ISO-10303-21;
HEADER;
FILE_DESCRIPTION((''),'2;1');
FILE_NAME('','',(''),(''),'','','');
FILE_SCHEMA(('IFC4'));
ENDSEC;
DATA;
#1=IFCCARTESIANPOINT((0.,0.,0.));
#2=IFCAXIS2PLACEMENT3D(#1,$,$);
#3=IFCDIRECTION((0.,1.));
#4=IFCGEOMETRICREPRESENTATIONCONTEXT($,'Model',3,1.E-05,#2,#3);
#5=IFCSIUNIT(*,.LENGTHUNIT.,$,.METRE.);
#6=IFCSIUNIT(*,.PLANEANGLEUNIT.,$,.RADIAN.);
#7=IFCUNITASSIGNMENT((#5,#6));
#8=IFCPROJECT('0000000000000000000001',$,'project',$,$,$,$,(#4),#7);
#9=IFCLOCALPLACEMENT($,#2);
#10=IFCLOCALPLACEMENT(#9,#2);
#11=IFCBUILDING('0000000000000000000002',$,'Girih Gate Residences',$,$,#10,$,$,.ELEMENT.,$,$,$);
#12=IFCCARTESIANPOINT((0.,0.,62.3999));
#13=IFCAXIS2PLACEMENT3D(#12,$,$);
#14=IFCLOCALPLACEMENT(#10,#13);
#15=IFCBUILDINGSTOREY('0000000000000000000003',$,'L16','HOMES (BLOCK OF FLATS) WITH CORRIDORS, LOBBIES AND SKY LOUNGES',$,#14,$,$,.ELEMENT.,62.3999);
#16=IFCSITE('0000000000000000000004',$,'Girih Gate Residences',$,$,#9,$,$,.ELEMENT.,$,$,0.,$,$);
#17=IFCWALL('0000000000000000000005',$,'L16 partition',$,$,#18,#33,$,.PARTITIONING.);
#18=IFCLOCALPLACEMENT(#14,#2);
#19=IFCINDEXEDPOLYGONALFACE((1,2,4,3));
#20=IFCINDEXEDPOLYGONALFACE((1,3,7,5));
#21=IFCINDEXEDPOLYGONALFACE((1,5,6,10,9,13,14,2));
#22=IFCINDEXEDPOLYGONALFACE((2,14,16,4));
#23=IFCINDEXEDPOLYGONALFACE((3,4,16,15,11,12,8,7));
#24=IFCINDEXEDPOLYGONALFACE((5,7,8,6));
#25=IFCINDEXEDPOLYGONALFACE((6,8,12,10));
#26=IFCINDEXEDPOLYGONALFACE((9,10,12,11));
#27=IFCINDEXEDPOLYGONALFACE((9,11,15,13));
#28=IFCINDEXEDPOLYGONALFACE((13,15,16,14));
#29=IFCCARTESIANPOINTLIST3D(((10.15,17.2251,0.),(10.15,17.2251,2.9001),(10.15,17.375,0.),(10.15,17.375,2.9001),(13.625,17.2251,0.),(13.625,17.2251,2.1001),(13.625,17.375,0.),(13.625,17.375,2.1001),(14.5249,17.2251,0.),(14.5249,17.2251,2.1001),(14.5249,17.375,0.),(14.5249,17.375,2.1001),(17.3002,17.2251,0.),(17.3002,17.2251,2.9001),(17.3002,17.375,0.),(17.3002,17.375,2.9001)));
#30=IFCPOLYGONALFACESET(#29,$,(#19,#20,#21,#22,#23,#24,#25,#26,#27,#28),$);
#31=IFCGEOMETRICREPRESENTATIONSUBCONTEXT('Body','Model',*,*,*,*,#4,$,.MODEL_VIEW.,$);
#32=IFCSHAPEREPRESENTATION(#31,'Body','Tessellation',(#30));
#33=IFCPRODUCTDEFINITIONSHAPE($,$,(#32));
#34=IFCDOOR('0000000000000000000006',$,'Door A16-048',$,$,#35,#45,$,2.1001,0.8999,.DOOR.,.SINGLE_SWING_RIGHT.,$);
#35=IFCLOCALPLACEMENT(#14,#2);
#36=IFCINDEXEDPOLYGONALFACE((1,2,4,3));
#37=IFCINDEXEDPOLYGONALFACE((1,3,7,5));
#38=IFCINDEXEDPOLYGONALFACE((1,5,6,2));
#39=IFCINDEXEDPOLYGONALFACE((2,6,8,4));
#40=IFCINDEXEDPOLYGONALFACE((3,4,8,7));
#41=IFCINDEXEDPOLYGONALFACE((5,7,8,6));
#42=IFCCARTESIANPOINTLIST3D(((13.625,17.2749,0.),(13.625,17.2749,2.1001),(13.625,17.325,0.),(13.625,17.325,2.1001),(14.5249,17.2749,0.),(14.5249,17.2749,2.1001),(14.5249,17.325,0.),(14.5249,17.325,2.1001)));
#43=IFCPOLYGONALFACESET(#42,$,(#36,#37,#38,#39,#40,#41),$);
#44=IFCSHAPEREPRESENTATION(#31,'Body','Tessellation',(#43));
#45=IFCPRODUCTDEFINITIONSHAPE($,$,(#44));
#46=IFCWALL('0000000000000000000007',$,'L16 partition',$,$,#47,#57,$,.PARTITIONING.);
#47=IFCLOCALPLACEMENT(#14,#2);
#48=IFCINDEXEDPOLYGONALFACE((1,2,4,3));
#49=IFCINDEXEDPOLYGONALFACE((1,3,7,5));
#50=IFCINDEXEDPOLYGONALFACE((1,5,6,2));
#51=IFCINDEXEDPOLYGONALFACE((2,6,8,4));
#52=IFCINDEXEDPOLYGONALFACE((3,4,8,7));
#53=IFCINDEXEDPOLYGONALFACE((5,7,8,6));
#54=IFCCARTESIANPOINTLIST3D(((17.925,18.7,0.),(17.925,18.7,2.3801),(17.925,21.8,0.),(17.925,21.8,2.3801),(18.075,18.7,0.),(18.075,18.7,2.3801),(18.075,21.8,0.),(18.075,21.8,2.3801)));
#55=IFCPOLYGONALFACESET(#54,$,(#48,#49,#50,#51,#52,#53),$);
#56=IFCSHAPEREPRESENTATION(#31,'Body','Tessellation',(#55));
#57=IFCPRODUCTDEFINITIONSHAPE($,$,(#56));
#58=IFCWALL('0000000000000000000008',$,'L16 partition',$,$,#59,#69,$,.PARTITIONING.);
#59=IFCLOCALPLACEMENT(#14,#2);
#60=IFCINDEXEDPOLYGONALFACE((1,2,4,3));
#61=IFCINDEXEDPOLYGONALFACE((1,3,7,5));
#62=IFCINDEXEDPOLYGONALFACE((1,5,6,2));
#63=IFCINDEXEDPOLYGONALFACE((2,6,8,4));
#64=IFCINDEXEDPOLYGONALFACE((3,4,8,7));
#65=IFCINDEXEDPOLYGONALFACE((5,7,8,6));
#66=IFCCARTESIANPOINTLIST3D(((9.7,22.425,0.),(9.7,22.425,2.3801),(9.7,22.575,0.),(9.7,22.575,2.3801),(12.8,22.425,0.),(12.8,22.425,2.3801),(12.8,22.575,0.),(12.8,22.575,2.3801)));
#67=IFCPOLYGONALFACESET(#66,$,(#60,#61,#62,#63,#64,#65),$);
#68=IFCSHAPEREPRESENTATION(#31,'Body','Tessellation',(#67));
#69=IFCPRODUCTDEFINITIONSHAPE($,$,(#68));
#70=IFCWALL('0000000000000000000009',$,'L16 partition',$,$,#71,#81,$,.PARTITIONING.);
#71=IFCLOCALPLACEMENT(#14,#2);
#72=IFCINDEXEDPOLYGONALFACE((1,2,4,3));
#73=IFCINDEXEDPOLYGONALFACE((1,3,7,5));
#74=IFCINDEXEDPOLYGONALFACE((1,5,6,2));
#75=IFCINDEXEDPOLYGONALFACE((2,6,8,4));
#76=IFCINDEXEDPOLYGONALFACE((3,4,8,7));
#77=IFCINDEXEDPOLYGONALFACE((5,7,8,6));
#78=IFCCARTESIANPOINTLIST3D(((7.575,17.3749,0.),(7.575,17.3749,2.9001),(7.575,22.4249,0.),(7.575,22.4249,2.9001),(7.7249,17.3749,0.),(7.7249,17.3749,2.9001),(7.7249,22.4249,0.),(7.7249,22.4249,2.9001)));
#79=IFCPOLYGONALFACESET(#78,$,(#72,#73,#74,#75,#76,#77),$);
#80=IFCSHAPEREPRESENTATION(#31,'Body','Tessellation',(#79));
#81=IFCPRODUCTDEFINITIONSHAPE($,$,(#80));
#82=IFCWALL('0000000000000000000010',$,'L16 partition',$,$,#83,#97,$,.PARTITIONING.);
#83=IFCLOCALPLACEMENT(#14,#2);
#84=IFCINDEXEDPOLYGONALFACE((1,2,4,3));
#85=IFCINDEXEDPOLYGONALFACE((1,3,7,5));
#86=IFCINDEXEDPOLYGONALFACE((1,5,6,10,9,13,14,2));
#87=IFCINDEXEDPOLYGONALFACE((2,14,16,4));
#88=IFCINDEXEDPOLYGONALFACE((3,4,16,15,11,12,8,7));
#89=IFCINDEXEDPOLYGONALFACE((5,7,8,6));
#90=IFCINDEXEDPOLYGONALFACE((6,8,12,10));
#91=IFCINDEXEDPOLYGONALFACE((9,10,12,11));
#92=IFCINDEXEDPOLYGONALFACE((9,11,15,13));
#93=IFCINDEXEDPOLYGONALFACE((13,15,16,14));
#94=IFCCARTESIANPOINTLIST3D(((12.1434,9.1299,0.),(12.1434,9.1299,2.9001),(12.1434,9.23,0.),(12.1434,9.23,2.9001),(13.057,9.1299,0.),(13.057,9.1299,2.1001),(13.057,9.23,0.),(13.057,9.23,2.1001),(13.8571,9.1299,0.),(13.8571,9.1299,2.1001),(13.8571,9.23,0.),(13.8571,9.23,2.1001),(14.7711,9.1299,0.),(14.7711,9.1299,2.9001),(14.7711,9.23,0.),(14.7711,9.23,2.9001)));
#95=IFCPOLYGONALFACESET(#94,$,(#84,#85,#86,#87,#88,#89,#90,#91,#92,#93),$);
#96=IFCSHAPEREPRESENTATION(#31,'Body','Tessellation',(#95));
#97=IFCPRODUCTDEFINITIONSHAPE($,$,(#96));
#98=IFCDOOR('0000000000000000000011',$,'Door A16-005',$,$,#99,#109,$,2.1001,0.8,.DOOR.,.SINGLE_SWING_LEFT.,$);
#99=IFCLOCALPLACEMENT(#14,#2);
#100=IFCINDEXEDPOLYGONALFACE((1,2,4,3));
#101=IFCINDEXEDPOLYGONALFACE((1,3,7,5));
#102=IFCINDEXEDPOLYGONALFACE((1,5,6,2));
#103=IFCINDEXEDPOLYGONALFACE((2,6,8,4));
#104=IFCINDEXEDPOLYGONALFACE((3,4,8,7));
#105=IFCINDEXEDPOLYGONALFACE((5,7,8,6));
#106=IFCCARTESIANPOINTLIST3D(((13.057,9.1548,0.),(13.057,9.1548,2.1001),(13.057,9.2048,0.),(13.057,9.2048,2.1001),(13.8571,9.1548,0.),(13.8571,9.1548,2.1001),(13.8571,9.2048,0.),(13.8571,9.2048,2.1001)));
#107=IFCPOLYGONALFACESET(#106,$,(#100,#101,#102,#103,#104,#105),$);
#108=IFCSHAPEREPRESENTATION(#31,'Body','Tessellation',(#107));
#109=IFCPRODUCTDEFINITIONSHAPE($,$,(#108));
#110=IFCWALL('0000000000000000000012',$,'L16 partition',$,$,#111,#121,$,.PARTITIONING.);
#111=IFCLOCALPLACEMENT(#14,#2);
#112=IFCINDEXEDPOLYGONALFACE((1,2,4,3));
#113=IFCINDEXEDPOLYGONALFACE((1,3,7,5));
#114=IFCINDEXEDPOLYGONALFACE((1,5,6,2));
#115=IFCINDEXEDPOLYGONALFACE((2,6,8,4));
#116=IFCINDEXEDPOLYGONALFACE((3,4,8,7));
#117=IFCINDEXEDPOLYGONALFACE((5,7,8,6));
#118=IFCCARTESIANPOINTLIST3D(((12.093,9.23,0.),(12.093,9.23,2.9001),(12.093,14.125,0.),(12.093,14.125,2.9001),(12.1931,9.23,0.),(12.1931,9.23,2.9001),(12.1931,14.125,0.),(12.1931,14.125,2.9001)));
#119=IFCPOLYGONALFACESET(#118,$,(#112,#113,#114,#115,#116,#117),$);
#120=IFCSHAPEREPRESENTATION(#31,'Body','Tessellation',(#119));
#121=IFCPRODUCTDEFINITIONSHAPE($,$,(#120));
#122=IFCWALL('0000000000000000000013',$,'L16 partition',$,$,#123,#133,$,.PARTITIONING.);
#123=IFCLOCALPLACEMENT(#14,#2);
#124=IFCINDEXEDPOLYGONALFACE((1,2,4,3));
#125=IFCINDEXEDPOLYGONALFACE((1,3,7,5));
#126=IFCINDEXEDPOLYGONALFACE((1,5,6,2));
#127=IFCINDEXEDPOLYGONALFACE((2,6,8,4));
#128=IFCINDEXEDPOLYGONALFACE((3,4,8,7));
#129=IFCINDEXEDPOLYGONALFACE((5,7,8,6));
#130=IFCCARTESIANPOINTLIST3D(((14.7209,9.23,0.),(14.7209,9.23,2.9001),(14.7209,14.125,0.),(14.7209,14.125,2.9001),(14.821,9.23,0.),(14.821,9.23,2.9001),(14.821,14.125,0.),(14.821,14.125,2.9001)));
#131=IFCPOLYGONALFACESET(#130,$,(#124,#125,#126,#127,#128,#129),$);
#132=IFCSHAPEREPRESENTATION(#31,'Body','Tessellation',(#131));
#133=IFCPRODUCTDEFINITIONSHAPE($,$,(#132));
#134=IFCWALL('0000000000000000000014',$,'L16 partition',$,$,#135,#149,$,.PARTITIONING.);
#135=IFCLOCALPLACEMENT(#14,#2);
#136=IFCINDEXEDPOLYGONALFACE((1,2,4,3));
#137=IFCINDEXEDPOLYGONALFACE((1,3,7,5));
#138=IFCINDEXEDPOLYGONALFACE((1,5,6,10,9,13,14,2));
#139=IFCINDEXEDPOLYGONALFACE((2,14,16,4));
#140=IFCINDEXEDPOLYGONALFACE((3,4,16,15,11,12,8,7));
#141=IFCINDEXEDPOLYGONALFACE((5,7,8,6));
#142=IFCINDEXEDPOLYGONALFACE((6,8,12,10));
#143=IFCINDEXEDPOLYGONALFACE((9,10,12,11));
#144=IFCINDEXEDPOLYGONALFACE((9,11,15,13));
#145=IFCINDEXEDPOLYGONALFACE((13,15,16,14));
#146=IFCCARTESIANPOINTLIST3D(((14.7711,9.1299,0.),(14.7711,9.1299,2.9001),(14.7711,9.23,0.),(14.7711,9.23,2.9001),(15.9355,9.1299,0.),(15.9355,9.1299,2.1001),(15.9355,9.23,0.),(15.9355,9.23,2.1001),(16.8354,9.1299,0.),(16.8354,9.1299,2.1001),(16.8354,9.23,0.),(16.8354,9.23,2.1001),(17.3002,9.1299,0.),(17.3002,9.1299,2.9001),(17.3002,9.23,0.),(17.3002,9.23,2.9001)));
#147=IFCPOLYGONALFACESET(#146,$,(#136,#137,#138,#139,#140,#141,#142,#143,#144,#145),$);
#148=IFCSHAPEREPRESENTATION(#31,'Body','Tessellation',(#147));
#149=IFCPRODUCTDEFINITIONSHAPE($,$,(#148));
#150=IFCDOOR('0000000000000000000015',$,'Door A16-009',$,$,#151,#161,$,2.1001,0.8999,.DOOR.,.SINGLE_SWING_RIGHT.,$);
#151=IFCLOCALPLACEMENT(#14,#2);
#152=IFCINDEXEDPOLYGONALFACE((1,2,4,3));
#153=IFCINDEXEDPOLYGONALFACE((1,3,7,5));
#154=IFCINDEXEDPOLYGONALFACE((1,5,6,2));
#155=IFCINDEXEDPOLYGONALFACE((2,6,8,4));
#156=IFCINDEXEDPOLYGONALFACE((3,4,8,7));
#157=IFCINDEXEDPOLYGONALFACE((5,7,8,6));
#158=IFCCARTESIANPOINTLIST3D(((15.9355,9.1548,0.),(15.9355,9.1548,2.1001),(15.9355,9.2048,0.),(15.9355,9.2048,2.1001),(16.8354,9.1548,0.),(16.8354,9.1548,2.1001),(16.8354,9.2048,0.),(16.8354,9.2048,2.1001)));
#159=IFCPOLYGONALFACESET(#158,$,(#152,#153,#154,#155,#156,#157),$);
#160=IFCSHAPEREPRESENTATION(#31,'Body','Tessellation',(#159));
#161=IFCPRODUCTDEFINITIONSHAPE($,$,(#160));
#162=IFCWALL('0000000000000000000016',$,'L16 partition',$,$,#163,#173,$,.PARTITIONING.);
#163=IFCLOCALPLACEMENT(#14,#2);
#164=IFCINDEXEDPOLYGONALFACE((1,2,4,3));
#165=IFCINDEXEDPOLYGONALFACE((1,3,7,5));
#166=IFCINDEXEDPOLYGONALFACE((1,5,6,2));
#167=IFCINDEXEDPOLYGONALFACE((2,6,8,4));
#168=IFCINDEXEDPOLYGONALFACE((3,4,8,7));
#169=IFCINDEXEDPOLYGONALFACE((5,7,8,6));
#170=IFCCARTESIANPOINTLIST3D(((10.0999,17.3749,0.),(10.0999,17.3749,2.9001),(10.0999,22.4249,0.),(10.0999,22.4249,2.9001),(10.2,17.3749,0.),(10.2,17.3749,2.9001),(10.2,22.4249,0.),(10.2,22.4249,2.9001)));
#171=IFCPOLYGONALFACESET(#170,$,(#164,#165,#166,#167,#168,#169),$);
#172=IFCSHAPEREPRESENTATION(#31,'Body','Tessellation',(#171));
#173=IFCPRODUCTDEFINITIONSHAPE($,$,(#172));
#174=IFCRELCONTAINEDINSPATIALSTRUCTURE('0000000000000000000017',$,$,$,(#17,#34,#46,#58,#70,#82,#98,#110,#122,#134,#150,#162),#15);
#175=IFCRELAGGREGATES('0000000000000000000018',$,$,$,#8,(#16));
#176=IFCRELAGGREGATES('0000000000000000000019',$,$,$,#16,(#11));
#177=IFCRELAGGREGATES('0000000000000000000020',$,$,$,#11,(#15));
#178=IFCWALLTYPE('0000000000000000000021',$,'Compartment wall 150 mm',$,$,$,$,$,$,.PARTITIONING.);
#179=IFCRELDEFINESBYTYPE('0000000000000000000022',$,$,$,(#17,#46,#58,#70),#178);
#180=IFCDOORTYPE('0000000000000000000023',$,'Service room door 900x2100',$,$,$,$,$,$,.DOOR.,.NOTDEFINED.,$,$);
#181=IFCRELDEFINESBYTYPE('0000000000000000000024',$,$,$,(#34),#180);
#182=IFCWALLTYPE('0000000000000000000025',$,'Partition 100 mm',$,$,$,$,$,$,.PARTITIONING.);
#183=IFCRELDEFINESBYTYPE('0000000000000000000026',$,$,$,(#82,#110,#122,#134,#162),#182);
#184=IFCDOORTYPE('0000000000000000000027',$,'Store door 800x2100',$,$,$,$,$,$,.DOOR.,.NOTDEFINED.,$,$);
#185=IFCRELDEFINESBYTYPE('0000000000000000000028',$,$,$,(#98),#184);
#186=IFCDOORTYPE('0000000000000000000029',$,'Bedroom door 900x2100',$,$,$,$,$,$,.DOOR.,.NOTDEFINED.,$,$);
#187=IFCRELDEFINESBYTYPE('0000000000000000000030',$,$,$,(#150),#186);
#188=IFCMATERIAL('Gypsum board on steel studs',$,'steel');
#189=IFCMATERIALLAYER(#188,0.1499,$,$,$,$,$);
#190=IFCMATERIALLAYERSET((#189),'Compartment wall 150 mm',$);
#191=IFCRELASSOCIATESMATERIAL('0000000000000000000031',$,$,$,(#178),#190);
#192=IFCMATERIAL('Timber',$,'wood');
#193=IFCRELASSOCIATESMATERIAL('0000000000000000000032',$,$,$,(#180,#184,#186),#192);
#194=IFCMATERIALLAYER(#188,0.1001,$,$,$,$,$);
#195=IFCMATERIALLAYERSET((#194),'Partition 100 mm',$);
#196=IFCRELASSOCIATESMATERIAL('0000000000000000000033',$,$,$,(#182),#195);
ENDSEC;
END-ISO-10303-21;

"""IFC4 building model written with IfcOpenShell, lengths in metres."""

from ifc_helpers import new_model, si_unit, direction, frame, frame_2d, origin, place, context, subcontext, project, spatial, rectangle, extrude, material, layer, layer_set, type_object, element, fill, save


model = new_model("IFC4")

# Units and contexts
model_context = context("Model", 3, precision=1e-05, world=origin(), true_north=direction((0.0, 1.0)))
body_context = subcontext(model_context, "Body", "Model", "MODEL_VIEW")
ifc_project = project(units=[si_unit("LENGTHUNIT", "METRE"), si_unit("PLANEANGLEUNIT", "RADIAN")], contexts=[model_context])

# Site, building, storey
site_placement = place(None, origin())
site = spatial("IfcSite", under=ifc_project, at=site_placement, Name="Girih Gate Residences", CompositionType="ELEMENT", RefElevation=0.0)
building_placement = place(site_placement, origin())
building = spatial("IfcBuilding", under=site, at=building_placement, Name="Girih Gate Residences", CompositionType="ELEMENT")
storey_placement = place(building_placement, frame((0.0, 0.0, 62.3999)))
storey = spatial("IfcBuildingStorey", under=building, at=storey_placement, Name="L16", Description="HOMES (BLOCK OF FLATS) WITH CORRIDORS, LOBBIES AND SKY LOUNGES", CompositionType="ELEMENT", Elevation=62.3999)

# Shared definitions
ifc_material_1 = material(Name="Gypsum board on steel studs", Category="steel")
ifc_layer_1 = layer(ifc_material_1, 0.1499)
ifc_layer_set_1 = layer_set([ifc_layer_1], Name="Compartment wall 150 mm")
wall_type_1 = type_object("IfcWallType", Name="Compartment wall 150 mm", PredefinedType="PARTITIONING", material=ifc_layer_set_1)

# Wall, opening, door
wall_1_placement = place(storey_placement, frame((10.1499, 17.3, 0.0), z_axis=(0.0, 0.0, 1.0), x_axis=(1.0, 0.0, 0.0)))
wall_1 = element("IfcWall", 1, at=wall_1_placement, inside=storey, type_object=wall_type_1, Name="L16 partition", PredefinedType="PARTITIONING", context=body_context, shape_type="SweptSolid", body=[
    extrude(rectangle(XDim=7.1501, YDim=0.1499, at=frame_2d((3.5752, 0.0))), origin(), (0.0, 0.0, 1.0), 2.9001),
])
opening_1_placement = place(wall_1_placement, frame((3.4751, 0.0, 0.0)))
opening_1 = element("IfcOpeningElement", 2, at=opening_1_placement, cuts=wall_1, PredefinedType="OPENING", context=body_context, shape_type="SweptSolid", body=[
    extrude(rectangle(XDim=0.8999, YDim=2.1001, at=frame_2d((0.45, 1.05))), frame((0.0, 0.085, 0.0), z_axis=(0.0, -1.0, 0.0), x_axis=(1.0, 0.0, 0.0)), (0.0, 0.0, 1.0), 0.1699),
])
ifc_material_2 = material(Name="Timber", Category="wood")
door_type_1 = type_object("IfcDoorType", Name="Service room door 900x2100", OperationType="NOTDEFINED", PredefinedType="DOOR", material=ifc_material_2)
door_1_placement = place(opening_1_placement, origin())
door_1 = element("IfcDoor", 3, at=door_1_placement, inside=storey, type_object=door_type_1, Name="Door A16-048", OperationType="SINGLE_SWING_RIGHT", OverallHeight=2.1001, OverallWidth=0.8999, PredefinedType="DOOR", context=body_context, shape_type="SweptSolid", body=[
    extrude(rectangle(XDim=0.8999, YDim=2.1001, at=frame_2d((0.45, 1.05))), frame((0.0, 0.0249, 0.0), z_axis=(0.0, -1.0, 0.0), x_axis=(1.0, 0.0, 0.0)), (0.0, 0.0, 1.0), 0.05),
])
fill(opening_1, door_1)

# Walls
for number, where, z_axis, x_axis, name in (
    (4, (18.0, 18.7, 0.0), (0.0, 0.0, 1.0), (0.0, 1.0, 0.0), "L16 partition"),
    (5, (9.7, 22.5, 0.0), (0.0, 0.0, 1.0), (1.0, 0.0, 0.0), "L16 partition"),
):
    element("IfcWall", number, at=place(storey_placement, frame(where, z_axis=z_axis, x_axis=x_axis)), inside=storey, type_object=wall_type_1, Name=name, PredefinedType="PARTITIONING", context=body_context, shape_type="SweptSolid", body=[
        extrude(rectangle(XDim=3.1001, YDim=0.1499, at=frame_2d((1.55, 0.0))), origin(), (0.0, 0.0, 1.0), 2.3801),
    ])
wall_2_placement = place(storey_placement, frame((7.6499, 17.375, 0.0), z_axis=(0.0, 0.0, 1.0), x_axis=(0.0, 1.0, 0.0)))
element("IfcWall", 6, at=wall_2_placement, inside=storey, type_object=wall_type_1, Name="L16 partition", PredefinedType="PARTITIONING", context=body_context, shape_type="SweptSolid", body=[
    extrude(rectangle(XDim=5.05, YDim=0.1499, at=frame_2d((2.5249, 0.0))), origin(), (0.0, 0.0, 1.0), 2.9001),
])

# Wall, opening, door
ifc_layer_2 = layer(ifc_material_1, 0.1001)
ifc_layer_set_2 = layer_set([ifc_layer_2], Name="Partition 100 mm")
wall_type_2 = type_object("IfcWallType", Name="Partition 100 mm", PredefinedType="PARTITIONING", material=ifc_layer_set_2)
wall_3_placement = place(storey_placement, frame((12.1433, 9.1799, 0.0), z_axis=(0.0, 0.0, 1.0), x_axis=(1.0, 0.0, 0.0)))
wall_3 = element("IfcWall", 7, at=wall_3_placement, inside=storey, type_object=wall_type_2, Name="L16 partition", PredefinedType="PARTITIONING", context=body_context, shape_type="SweptSolid", body=[
    extrude(rectangle(XDim=2.6277, YDim=0.1001, at=frame_2d((1.314, 0.0))), origin(), (0.0, 0.0, 1.0), 2.9001),
])
opening_2_placement = place(wall_3_placement, frame((0.9138, 0.0, 0.0)))
opening_2 = element("IfcOpeningElement", 8, at=opening_2_placement, cuts=wall_3, PredefinedType="OPENING", context=body_context, shape_type="SweptSolid", body=[
    extrude(rectangle(XDim=0.8, YDim=2.1001, at=frame_2d((0.3999, 1.05))), frame((0.0, 0.0601, 0.0), z_axis=(0.0, -1.0, 0.0), x_axis=(1.0, 0.0, 0.0)), (0.0, 0.0, 1.0), 0.1201),
])
door_type_2 = type_object("IfcDoorType", Name="Store door 800x2100", OperationType="NOTDEFINED", PredefinedType="DOOR", material=ifc_material_2)
door_2_placement = place(opening_2_placement, origin())
door_2 = element("IfcDoor", 9, at=door_2_placement, inside=storey, type_object=door_type_2, Name="Door A16-005", OperationType="SINGLE_SWING_LEFT", OverallHeight=2.1001, OverallWidth=0.8, PredefinedType="DOOR", context=body_context, shape_type="SweptSolid", body=[
    extrude(rectangle(XDim=0.8, YDim=2.1001, at=frame_2d((0.3999, 1.05))), frame((0.0, 0.0249, 0.0), z_axis=(0.0, -1.0, 0.0), x_axis=(1.0, 0.0, 0.0)), (0.0, 0.0, 1.0), 0.05),
])
fill(opening_2, door_2)

# Walls
for number, where, z_axis, x_axis, name in (
    (10, (12.1431, 9.23, 0.0), (0.0, 0.0, 1.0), (0.0, 1.0, 0.0), "L16 partition"),
    (11, (14.771, 9.23, 0.0), (0.0, 0.0, 1.0), (0.0, 1.0, 0.0), "L16 partition"),
):
    element("IfcWall", number, at=place(storey_placement, frame(where, z_axis=z_axis, x_axis=x_axis)), inside=storey, type_object=wall_type_2, Name=name, PredefinedType="PARTITIONING", context=body_context, shape_type="SweptSolid", body=[
        extrude(rectangle(XDim=4.895, YDim=0.1001, at=frame_2d((2.4475, 0.0))), origin(), (0.0, 0.0, 1.0), 2.9001),
    ])

# Wall, opening, door
wall_4_placement = place(storey_placement, frame((14.771, 9.1799, 0.0), z_axis=(0.0, 0.0, 1.0), x_axis=(1.0, 0.0, 0.0)))
wall_4 = element("IfcWall", 12, at=wall_4_placement, inside=storey, type_object=wall_type_2, Name="L16 partition", PredefinedType="PARTITIONING", context=body_context, shape_type="SweptSolid", body=[
    extrude(rectangle(XDim=2.5291, YDim=0.1001, at=frame_2d((1.2646, 0.0))), origin(), (0.0, 0.0, 1.0), 2.9001),
])
opening_3_placement = place(wall_4_placement, frame((1.1646, 0.0, 0.0)))
opening_3 = element("IfcOpeningElement", 13, at=opening_3_placement, cuts=wall_4, PredefinedType="OPENING", context=body_context, shape_type="SweptSolid", body=[
    extrude(rectangle(XDim=0.8999, YDim=2.1001, at=frame_2d((0.45, 1.05))), frame((0.0, 0.0601, 0.0), z_axis=(0.0, -1.0, 0.0), x_axis=(1.0, 0.0, 0.0)), (0.0, 0.0, 1.0), 0.1201),
])
door_type_3 = type_object("IfcDoorType", Name="Bedroom door 900x2100", OperationType="NOTDEFINED", PredefinedType="DOOR", material=ifc_material_2)
door_3_placement = place(opening_3_placement, origin())
door_3 = element("IfcDoor", 14, at=door_3_placement, inside=storey, type_object=door_type_3, Name="Door A16-009", OperationType="SINGLE_SWING_RIGHT", OverallHeight=2.1001, OverallWidth=0.8999, PredefinedType="DOOR", context=body_context, shape_type="SweptSolid", body=[
    extrude(rectangle(XDim=0.8999, YDim=2.1001, at=frame_2d((0.45, 1.05))), frame((0.0, 0.0249, 0.0), z_axis=(0.0, -1.0, 0.0), x_axis=(1.0, 0.0, 0.0)), (0.0, 0.0, 1.0), 0.05),
])
fill(opening_3, door_3)

# Wall
wall_5_placement = place(storey_placement, frame((10.1499, 17.375, 0.0), z_axis=(0.0, 0.0, 1.0), x_axis=(0.0, 1.0, 0.0)))
element("IfcWall", 15, at=wall_5_placement, inside=storey, type_object=wall_type_2, Name="L16 partition", PredefinedType="PARTITIONING", context=body_context, shape_type="SweptSolid", body=[
    extrude(rectangle(XDim=5.05, YDim=0.1001, at=frame_2d((2.5249, 0.0))), origin(), (0.0, 0.0, 1.0), 2.9001),
])

save(model, "model.ifc")
